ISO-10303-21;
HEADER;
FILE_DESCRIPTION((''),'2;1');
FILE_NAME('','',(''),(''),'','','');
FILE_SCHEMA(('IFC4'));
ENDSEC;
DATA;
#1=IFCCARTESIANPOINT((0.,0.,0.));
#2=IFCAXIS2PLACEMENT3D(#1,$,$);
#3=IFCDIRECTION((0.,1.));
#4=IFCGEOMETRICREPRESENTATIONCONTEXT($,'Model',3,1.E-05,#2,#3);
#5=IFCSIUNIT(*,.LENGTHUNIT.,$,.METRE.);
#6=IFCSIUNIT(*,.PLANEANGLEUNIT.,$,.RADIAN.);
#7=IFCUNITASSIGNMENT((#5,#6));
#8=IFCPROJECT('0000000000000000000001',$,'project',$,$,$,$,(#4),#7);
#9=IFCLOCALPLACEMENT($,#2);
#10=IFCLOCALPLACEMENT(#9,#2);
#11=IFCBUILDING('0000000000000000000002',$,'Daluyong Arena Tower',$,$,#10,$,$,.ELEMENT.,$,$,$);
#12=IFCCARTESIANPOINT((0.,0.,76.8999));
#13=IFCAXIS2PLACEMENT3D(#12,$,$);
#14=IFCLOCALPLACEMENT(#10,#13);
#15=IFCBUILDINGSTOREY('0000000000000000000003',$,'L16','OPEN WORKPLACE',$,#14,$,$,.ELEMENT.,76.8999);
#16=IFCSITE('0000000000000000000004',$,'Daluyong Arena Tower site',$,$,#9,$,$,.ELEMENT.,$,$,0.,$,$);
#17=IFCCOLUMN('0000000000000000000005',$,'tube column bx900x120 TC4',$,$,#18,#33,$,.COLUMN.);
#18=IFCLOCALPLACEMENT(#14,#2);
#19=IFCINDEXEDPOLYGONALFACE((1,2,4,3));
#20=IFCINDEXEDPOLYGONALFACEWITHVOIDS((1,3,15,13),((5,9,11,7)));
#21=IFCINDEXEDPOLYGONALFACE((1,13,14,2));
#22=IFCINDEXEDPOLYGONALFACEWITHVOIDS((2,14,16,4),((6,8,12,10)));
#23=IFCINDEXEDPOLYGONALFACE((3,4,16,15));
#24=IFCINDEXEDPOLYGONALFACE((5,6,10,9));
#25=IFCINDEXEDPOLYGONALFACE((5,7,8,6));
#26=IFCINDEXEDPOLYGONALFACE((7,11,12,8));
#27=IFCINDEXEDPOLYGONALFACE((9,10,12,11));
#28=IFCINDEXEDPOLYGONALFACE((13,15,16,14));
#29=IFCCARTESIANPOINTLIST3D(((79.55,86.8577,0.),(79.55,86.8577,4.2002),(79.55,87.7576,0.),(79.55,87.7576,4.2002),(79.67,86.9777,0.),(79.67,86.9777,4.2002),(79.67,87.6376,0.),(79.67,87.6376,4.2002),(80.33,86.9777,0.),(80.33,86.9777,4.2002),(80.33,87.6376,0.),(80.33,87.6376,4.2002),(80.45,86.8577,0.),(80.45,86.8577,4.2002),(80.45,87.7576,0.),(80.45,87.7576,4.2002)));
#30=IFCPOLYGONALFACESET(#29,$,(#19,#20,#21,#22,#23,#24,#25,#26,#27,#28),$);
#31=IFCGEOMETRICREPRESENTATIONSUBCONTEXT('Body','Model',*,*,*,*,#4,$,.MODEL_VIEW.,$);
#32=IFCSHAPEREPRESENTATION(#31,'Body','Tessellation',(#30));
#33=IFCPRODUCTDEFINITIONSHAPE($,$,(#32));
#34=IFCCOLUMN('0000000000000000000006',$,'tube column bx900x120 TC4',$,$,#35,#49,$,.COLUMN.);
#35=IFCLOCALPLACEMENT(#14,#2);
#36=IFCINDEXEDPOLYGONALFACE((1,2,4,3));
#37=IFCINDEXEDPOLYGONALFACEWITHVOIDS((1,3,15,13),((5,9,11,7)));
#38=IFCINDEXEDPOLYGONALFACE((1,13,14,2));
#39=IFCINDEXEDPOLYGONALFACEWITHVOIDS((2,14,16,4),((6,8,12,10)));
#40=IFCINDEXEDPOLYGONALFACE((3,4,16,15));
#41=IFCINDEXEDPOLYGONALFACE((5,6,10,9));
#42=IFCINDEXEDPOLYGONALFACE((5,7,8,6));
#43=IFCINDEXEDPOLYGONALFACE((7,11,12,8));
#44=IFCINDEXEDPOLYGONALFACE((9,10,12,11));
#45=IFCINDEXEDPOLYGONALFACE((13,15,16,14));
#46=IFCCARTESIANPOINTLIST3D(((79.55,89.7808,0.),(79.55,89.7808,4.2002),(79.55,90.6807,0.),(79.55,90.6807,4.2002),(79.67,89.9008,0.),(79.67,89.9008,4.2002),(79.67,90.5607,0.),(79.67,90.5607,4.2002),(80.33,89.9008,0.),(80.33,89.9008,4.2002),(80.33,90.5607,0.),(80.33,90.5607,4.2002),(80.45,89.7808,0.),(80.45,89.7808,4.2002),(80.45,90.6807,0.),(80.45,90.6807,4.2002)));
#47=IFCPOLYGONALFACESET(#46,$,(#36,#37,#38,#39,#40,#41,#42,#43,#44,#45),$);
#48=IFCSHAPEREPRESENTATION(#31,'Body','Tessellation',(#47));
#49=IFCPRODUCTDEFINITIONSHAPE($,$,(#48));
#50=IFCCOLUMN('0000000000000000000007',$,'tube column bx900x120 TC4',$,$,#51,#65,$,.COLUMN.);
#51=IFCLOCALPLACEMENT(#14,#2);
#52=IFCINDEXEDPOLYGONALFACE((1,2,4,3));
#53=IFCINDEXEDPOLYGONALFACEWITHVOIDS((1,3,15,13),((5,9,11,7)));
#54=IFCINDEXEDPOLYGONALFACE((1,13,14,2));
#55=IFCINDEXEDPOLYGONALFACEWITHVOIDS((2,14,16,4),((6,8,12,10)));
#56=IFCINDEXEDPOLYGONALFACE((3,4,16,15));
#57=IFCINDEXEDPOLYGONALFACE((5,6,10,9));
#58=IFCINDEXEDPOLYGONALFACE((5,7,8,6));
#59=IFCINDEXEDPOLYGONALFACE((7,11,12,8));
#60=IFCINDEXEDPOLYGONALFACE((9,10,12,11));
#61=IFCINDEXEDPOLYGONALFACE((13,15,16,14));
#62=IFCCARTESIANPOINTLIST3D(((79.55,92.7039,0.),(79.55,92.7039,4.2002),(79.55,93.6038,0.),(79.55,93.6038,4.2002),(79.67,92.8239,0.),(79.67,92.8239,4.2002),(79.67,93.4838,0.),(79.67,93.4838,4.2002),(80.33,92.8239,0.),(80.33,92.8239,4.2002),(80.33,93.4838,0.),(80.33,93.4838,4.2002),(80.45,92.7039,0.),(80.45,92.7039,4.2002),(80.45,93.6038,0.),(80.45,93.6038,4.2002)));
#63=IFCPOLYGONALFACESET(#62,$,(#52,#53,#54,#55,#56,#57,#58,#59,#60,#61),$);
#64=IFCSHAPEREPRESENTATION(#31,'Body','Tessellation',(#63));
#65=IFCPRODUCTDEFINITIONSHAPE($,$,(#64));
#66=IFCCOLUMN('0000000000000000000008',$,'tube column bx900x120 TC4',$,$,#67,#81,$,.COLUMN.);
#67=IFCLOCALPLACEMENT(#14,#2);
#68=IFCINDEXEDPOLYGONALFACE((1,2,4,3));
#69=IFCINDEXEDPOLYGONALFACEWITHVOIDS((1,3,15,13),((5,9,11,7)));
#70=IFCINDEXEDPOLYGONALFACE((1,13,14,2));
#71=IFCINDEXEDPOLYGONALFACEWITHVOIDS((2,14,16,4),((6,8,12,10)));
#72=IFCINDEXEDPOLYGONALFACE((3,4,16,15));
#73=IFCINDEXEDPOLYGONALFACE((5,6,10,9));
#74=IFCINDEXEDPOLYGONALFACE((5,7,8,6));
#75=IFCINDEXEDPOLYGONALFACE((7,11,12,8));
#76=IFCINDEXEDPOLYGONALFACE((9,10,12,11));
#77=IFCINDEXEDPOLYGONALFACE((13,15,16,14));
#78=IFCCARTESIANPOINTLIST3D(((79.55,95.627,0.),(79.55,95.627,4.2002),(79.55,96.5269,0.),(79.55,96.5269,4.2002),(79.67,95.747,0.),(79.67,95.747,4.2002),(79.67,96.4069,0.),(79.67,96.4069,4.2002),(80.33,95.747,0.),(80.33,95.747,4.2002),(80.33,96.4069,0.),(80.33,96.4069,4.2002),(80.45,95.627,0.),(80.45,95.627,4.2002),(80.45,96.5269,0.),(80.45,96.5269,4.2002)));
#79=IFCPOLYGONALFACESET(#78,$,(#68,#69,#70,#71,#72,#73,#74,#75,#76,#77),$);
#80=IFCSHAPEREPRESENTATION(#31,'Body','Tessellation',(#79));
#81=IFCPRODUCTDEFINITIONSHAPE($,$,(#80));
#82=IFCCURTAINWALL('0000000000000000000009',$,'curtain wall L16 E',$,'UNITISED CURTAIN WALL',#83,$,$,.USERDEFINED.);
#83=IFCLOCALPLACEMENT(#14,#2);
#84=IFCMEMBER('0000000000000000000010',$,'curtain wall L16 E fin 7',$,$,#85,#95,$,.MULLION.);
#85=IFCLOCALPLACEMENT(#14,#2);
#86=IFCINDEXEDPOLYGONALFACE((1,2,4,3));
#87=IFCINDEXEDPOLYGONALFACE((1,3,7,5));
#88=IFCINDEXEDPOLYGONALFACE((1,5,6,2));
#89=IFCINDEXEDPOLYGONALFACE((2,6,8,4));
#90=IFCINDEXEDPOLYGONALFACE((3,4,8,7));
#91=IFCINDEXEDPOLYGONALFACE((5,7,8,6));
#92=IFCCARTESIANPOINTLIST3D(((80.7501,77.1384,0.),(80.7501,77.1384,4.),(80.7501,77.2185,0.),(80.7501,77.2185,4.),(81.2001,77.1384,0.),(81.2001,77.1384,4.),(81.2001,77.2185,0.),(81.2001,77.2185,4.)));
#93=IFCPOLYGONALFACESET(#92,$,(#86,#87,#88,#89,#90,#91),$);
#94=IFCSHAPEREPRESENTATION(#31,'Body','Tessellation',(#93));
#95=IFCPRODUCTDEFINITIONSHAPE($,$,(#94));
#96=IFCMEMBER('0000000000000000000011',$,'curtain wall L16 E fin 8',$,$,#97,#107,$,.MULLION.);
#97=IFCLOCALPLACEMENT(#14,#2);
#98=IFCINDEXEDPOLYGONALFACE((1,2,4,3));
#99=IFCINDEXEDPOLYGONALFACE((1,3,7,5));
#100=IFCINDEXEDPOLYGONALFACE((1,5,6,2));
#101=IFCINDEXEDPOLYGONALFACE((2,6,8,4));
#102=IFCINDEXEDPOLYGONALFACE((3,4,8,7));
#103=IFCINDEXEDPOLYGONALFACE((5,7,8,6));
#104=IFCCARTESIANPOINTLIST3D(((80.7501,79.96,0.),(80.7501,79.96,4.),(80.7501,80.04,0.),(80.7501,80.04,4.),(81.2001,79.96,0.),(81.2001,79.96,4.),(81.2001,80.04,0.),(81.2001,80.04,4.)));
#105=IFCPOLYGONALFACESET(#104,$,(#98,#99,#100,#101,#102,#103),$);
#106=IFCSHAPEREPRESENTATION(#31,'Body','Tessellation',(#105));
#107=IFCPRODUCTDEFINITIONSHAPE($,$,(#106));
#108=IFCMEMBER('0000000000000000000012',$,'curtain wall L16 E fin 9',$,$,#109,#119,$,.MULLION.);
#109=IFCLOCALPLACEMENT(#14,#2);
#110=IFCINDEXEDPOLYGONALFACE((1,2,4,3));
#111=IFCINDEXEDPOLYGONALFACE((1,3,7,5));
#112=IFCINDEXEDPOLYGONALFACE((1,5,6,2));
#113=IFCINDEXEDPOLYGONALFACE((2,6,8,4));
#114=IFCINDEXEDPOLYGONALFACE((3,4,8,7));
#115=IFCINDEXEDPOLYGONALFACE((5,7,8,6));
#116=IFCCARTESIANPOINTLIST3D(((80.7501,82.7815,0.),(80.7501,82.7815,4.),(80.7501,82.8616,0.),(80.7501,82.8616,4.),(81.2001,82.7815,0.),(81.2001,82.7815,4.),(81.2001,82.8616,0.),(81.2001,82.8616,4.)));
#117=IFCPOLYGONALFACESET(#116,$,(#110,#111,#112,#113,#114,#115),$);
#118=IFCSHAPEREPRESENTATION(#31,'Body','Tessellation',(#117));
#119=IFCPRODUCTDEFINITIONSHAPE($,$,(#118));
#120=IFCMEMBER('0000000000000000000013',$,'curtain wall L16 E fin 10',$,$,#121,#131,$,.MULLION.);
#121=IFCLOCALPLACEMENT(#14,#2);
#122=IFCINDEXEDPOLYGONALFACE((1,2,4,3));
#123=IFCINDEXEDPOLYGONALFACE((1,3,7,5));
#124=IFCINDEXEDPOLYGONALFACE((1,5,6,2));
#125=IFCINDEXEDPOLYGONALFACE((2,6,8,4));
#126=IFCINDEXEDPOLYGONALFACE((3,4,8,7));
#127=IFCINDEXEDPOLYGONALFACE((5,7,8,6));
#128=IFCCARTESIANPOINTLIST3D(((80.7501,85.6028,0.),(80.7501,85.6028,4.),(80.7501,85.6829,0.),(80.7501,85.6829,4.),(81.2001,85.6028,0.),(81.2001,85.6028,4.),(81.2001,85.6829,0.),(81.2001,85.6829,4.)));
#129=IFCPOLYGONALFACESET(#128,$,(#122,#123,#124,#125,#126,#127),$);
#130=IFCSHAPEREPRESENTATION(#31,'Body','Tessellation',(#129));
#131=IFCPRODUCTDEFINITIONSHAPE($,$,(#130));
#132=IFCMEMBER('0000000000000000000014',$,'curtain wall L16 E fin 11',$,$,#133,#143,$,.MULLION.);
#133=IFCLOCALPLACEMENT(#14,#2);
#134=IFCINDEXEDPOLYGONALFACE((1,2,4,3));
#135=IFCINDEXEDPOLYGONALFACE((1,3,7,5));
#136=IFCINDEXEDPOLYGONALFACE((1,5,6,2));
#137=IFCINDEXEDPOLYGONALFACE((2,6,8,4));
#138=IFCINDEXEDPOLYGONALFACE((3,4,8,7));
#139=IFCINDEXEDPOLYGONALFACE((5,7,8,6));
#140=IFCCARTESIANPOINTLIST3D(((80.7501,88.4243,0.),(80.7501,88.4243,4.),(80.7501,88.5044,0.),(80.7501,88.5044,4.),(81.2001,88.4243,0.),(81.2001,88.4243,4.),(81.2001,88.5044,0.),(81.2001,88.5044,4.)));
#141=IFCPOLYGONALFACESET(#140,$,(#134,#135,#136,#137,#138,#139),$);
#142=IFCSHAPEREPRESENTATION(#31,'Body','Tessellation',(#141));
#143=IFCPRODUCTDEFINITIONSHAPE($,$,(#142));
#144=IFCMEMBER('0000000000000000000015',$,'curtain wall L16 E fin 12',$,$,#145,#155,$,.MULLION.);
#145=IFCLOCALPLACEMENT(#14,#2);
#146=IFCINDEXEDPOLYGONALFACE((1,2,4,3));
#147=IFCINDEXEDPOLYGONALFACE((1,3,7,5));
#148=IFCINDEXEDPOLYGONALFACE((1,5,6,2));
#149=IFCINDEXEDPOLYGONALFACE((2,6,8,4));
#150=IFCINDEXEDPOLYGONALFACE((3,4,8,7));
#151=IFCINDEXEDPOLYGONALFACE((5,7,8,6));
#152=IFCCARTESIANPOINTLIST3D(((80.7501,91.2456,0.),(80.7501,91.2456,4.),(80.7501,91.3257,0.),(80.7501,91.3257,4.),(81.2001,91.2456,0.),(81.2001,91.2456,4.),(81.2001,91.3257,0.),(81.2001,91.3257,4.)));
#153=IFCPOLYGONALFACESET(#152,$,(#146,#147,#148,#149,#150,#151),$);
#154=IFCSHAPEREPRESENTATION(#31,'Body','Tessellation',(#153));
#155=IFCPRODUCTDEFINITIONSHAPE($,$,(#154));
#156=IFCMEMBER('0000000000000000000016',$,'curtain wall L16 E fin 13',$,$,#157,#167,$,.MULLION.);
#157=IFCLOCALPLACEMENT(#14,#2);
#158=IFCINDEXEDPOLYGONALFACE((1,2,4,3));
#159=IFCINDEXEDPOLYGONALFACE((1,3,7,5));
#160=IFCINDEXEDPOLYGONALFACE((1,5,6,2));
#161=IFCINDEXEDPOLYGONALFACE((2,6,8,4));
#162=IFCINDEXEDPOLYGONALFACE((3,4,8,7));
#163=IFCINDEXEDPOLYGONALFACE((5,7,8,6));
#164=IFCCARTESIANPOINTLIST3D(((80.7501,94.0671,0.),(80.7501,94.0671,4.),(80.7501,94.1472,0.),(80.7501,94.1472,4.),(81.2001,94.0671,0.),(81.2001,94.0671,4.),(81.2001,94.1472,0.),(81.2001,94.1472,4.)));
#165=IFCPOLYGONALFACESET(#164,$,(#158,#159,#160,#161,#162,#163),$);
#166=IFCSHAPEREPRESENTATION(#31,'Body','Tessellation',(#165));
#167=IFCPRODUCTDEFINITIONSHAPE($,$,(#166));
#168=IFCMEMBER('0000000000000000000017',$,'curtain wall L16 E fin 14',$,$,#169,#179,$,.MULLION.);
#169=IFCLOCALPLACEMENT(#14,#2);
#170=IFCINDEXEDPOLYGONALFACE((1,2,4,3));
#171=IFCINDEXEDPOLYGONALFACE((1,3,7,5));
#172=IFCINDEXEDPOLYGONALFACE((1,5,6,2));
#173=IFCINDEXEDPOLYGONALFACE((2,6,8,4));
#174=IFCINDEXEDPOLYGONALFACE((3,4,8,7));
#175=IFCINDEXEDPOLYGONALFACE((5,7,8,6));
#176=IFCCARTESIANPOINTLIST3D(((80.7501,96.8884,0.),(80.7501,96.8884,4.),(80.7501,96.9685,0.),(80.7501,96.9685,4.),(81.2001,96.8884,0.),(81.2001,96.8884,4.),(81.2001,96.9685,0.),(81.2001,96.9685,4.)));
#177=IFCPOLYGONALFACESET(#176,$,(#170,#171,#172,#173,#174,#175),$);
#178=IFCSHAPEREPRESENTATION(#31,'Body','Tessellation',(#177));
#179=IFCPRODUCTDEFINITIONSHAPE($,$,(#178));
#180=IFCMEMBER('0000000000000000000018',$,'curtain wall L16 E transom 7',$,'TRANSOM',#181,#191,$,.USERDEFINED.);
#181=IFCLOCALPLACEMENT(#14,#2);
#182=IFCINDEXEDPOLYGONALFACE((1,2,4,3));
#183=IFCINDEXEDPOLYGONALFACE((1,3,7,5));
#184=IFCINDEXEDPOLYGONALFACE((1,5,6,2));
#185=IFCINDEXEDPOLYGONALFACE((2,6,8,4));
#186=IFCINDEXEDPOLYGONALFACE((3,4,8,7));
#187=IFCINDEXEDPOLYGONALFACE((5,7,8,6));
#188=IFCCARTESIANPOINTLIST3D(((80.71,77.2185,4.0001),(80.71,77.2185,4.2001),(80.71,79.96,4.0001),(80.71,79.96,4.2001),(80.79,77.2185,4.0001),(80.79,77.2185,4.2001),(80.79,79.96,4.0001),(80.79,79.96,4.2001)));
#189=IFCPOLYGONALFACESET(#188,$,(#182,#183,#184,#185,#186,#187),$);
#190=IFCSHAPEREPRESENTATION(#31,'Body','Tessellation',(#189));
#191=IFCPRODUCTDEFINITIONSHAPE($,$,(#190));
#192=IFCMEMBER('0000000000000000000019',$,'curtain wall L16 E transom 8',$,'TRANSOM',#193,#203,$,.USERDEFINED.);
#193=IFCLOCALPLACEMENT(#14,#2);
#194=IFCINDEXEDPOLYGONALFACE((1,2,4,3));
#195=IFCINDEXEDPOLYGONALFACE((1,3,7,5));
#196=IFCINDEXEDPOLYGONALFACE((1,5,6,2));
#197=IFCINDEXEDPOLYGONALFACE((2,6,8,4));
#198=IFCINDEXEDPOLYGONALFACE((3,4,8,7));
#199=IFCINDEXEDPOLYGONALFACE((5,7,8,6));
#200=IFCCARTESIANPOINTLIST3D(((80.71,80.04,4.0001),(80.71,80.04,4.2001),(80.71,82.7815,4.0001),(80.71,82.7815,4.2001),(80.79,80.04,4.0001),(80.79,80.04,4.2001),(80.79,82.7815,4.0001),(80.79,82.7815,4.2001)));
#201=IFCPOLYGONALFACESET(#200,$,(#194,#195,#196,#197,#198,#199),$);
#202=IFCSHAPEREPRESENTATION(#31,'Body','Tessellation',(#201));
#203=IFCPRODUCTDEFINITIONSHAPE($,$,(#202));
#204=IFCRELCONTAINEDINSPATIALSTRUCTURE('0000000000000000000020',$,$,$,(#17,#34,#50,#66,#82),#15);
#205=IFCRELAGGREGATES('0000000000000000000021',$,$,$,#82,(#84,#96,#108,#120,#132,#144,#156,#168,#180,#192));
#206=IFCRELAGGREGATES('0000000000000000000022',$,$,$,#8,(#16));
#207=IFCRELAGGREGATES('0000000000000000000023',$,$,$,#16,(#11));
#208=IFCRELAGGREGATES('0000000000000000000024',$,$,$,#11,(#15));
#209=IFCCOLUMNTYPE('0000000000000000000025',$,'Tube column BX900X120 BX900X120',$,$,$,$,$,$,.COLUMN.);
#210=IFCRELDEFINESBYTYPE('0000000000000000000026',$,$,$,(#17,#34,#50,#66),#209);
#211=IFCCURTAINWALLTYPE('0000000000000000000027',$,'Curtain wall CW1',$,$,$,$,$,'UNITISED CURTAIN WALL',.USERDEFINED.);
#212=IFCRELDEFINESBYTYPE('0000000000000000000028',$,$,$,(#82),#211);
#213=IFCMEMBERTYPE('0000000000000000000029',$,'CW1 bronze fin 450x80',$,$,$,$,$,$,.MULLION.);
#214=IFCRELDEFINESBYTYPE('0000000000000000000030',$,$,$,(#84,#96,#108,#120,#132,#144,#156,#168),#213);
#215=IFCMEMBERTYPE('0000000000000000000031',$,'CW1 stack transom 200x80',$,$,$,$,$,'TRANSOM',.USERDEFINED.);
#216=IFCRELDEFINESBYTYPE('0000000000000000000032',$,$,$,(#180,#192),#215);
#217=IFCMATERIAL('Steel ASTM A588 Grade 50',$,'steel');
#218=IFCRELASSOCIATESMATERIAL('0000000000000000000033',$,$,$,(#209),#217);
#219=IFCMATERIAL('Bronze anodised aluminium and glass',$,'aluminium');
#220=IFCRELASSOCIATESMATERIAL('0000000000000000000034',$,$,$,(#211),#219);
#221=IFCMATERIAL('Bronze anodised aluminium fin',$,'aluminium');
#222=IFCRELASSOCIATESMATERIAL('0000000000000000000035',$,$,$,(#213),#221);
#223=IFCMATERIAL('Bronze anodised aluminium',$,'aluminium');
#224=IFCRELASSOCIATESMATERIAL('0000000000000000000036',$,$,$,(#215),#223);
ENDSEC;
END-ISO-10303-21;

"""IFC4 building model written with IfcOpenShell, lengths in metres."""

from ifc_helpers import new_model, si_unit, direction, frame, origin, origin_2d, place, context, subcontext, project, spatial, rectangle, hollow_rectangle, extrude, material, material_profile, profile_set, type_object, element, aggregate, save


model = new_model("IFC4")

# Units and contexts
model_context = context("Model", 3, precision=1e-05, world=origin(), true_north=direction((0.0, 1.0)))
body_context = subcontext(model_context, "Body", "Model", "MODEL_VIEW")
ifc_project = project(units=[si_unit("LENGTHUNIT", "METRE"), si_unit("PLANEANGLEUNIT", "RADIAN")], contexts=[model_context])

# Site, building, storey
site_placement = place(None, origin())
site = spatial("IfcSite", under=ifc_project, at=site_placement, Name="Daluyong Arena Tower site", CompositionType="ELEMENT", RefElevation=0.0)
building_placement = place(site_placement, origin())
building = spatial("IfcBuilding", under=site, at=building_placement, Name="Daluyong Arena Tower", CompositionType="ELEMENT")
storey_placement = place(building_placement, frame((0.0, 0.0, 76.8999)))
storey = spatial("IfcBuildingStorey", under=building, at=storey_placement, Name="L16", Description="OPEN WORKPLACE", CompositionType="ELEMENT", Elevation=76.8999)

# Columns
ifc_material_1 = material(Name="Steel ASTM A588 Grade 50", Category="steel")
ifc_material_profile_1 = material_profile(ifc_material_1, hollow_rectangle(XDim=0.8999, YDim=0.8999, WallThickness=0.12, at=origin_2d()))
ifc_profile_set_1 = profile_set([ifc_material_profile_1], Name="Steel ASTM A588 Grade 50")
column_type = type_object("IfcColumnType", Name="Tube column BX900X120 BX900X120", PredefinedType="COLUMN", material=ifc_profile_set_1)
for number, where, z_axis, x_axis, name in (
    (1, (80.0, 87.3076, 0.0), (0.0, 0.0, 1.0), (0.0, 1.0, 0.0), "tube column bx900x120 TC4"),
    (2, (80.0, 90.2307, 0.0), (0.0, 0.0, 1.0), (0.0, 1.0, 0.0), "tube column bx900x120 TC4"),
    (3, (80.0, 93.1538, 0.0), (0.0, 0.0, 1.0), (0.0, 1.0, 0.0), "tube column bx900x120 TC4"),
    (4, (80.0, 96.0769, 0.0), (0.0, 0.0, 1.0), (0.0, 1.0, 0.0), "tube column bx900x120 TC4"),
):
    element("IfcColumn", number, at=place(storey_placement, frame(where, z_axis=z_axis, x_axis=x_axis)), inside=storey, type_object=column_type, Name=name, PredefinedType="COLUMN", context=body_context, shape_type="SweptSolid", body=[
        extrude(hollow_rectangle(XDim=0.8999, YDim=0.8999, WallThickness=0.12, at=origin_2d()), origin(), (0.0, 0.0, 1.0), 4.2002),
    ])

# Curtain wall, members
ifc_material_2 = material(Name="Bronze anodised aluminium and glass", Category="aluminium")
curtain_wall_type = type_object("IfcCurtainWallType", Name="Curtain wall CW1", ElementType="UNITISED CURTAIN WALL", PredefinedType="USERDEFINED", material=ifc_material_2)
curtain_wall_placement = place(storey_placement, origin())
curtain_wall = element("IfcCurtainWall", 5, at=curtain_wall_placement, inside=storey, type_object=curtain_wall_type, Name="curtain wall L16 E", ObjectType="UNITISED CURTAIN WALL", PredefinedType="USERDEFINED")
ifc_material_3 = material(Name="Bronze anodised aluminium fin", Category="aluminium")
ifc_material_profile_2 = material_profile(ifc_material_3, rectangle(XDim=0.45, YDim=0.0801, at=origin_2d()))
ifc_profile_set_2 = profile_set([ifc_material_profile_2], Name="Bronze anodised aluminium fin")
member_type_1 = type_object("IfcMemberType", Name="CW1 bronze fin 450x80", PredefinedType="MULLION", material=ifc_profile_set_2)
member_1_placement = place(storey_placement, frame((80.9751, 77.1785, 0.0), z_axis=(0.0, 0.0, 1.0), x_axis=(-1.0, 0.0, 0.0)))
member_1 = element("IfcMember", 6, at=member_1_placement, type_object=member_type_1, Name="curtain wall L16 E fin 7", PredefinedType="MULLION", context=body_context, shape_type="SweptSolid", body=[
    extrude(rectangle(XDim=0.45, YDim=0.0801, at=origin_2d()), origin(), (0.0, 0.0, 1.0), 4.0),
])
member_2_placement = place(storey_placement, frame((80.9751, 80.0, 0.0), z_axis=(0.0, 0.0, 1.0), x_axis=(-1.0, 0.0, 0.0)))
member_2 = element("IfcMember", 7, at=member_2_placement, type_object=member_type_1, Name="curtain wall L16 E fin 8", PredefinedType="MULLION", context=body_context, shape_type="SweptSolid", body=[
    extrude(rectangle(XDim=0.45, YDim=0.0801, at=origin_2d()), origin(), (0.0, 0.0, 1.0), 4.0),
])
member_3_placement = place(storey_placement, frame((80.9751, 82.8215, 0.0), z_axis=(0.0, 0.0, 1.0), x_axis=(-1.0, 0.0, 0.0)))
member_3 = element("IfcMember", 8, at=member_3_placement, type_object=member_type_1, Name="curtain wall L16 E fin 9", PredefinedType="MULLION", context=body_context, shape_type="SweptSolid", body=[
    extrude(rectangle(XDim=0.45, YDim=0.0801, at=origin_2d()), origin(), (0.0, 0.0, 1.0), 4.0),
])
member_4_placement = place(storey_placement, frame((80.9751, 85.6428, 0.0), z_axis=(0.0, 0.0, 1.0), x_axis=(-1.0, 0.0, 0.0)))
member_4 = element("IfcMember", 9, at=member_4_placement, type_object=member_type_1, Name="curtain wall L16 E fin 10", PredefinedType="MULLION", context=body_context, shape_type="SweptSolid", body=[
    extrude(rectangle(XDim=0.45, YDim=0.0801, at=origin_2d()), origin(), (0.0, 0.0, 1.0), 4.0),
])
member_5_placement = place(storey_placement, frame((80.9751, 88.4644, 0.0), z_axis=(0.0, 0.0, 1.0), x_axis=(-1.0, 0.0, 0.0)))
member_5 = element("IfcMember", 10, at=member_5_placement, type_object=member_type_1, Name="curtain wall L16 E fin 11", PredefinedType="MULLION", context=body_context, shape_type="SweptSolid", body=[
    extrude(rectangle(XDim=0.45, YDim=0.0801, at=origin_2d()), origin(), (0.0, 0.0, 1.0), 4.0),
])
member_6_placement = place(storey_placement, frame((80.9751, 91.2856, 0.0), z_axis=(0.0, 0.0, 1.0), x_axis=(-1.0, 0.0, 0.0)))
member_6 = element("IfcMember", 11, at=member_6_placement, type_object=member_type_1, Name="curtain wall L16 E fin 12", PredefinedType="MULLION", context=body_context, shape_type="SweptSolid", body=[
    extrude(rectangle(XDim=0.45, YDim=0.0801, at=origin_2d()), origin(), (0.0, 0.0, 1.0), 4.0),
])
member_7_placement = place(storey_placement, frame((80.9751, 94.1072, 0.0), z_axis=(0.0, 0.0, 1.0), x_axis=(-1.0, 0.0, 0.0)))
member_7 = element("IfcMember", 12, at=member_7_placement, type_object=member_type_1, Name="curtain wall L16 E fin 13", PredefinedType="MULLION", context=body_context, shape_type="SweptSolid", body=[
    extrude(rectangle(XDim=0.45, YDim=0.0801, at=origin_2d()), origin(), (0.0, 0.0, 1.0), 4.0),
])
member_8_placement = place(storey_placement, frame((80.9751, 96.9285, 0.0), z_axis=(0.0, 0.0, 1.0), x_axis=(-1.0, 0.0, 0.0)))
member_8 = element("IfcMember", 13, at=member_8_placement, type_object=member_type_1, Name="curtain wall L16 E fin 14", PredefinedType="MULLION", context=body_context, shape_type="SweptSolid", body=[
    extrude(rectangle(XDim=0.45, YDim=0.0801, at=origin_2d()), origin(), (0.0, 0.0, 1.0), 4.0),
])
ifc_material_4 = material(Name="Bronze anodised aluminium", Category="aluminium")
ifc_material_profile_3 = material_profile(ifc_material_4, rectangle(XDim=0.0801, YDim=0.2, at=origin_2d()))
ifc_profile_set_3 = profile_set([ifc_material_profile_3], Name="Bronze anodised aluminium")
member_type_2 = type_object("IfcMemberType", Name="CW1 stack transom 200x80", ElementType="TRANSOM", PredefinedType="USERDEFINED", material=ifc_profile_set_3)
member_9_placement = place(storey_placement, frame((80.75, 77.2185, 4.1001), z_axis=(0.0, 1.0, 0.0), x_axis=(-1.0, 0.0, 0.0)))
member_9 = element("IfcMember", 14, at=member_9_placement, type_object=member_type_2, Name="curtain wall L16 E transom 7", ObjectType="TRANSOM", PredefinedType="USERDEFINED", context=body_context, shape_type="SweptSolid", body=[
    extrude(rectangle(XDim=0.0801, YDim=0.2, at=origin_2d()), origin(), (0.0, 0.0, 1.0), 2.7415),
])
member_10_placement = place(storey_placement, frame((80.75, 80.04, 4.1001), z_axis=(0.0, 1.0, 0.0), x_axis=(-1.0, 0.0, 0.0)))
member_10 = element("IfcMember", 15, at=member_10_placement, type_object=member_type_2, Name="curtain wall L16 E transom 8", ObjectType="TRANSOM", PredefinedType="USERDEFINED", context=body_context, shape_type="SweptSolid", body=[
    extrude(rectangle(XDim=0.0801, YDim=0.2, at=origin_2d()), origin(), (0.0, 0.0, 1.0), 2.7415),
])

aggregate(curtain_wall, [member_1, member_2, member_3, member_4, member_5, member_6, member_7, member_8, member_9, member_10])

save(model, "model.ifc")
